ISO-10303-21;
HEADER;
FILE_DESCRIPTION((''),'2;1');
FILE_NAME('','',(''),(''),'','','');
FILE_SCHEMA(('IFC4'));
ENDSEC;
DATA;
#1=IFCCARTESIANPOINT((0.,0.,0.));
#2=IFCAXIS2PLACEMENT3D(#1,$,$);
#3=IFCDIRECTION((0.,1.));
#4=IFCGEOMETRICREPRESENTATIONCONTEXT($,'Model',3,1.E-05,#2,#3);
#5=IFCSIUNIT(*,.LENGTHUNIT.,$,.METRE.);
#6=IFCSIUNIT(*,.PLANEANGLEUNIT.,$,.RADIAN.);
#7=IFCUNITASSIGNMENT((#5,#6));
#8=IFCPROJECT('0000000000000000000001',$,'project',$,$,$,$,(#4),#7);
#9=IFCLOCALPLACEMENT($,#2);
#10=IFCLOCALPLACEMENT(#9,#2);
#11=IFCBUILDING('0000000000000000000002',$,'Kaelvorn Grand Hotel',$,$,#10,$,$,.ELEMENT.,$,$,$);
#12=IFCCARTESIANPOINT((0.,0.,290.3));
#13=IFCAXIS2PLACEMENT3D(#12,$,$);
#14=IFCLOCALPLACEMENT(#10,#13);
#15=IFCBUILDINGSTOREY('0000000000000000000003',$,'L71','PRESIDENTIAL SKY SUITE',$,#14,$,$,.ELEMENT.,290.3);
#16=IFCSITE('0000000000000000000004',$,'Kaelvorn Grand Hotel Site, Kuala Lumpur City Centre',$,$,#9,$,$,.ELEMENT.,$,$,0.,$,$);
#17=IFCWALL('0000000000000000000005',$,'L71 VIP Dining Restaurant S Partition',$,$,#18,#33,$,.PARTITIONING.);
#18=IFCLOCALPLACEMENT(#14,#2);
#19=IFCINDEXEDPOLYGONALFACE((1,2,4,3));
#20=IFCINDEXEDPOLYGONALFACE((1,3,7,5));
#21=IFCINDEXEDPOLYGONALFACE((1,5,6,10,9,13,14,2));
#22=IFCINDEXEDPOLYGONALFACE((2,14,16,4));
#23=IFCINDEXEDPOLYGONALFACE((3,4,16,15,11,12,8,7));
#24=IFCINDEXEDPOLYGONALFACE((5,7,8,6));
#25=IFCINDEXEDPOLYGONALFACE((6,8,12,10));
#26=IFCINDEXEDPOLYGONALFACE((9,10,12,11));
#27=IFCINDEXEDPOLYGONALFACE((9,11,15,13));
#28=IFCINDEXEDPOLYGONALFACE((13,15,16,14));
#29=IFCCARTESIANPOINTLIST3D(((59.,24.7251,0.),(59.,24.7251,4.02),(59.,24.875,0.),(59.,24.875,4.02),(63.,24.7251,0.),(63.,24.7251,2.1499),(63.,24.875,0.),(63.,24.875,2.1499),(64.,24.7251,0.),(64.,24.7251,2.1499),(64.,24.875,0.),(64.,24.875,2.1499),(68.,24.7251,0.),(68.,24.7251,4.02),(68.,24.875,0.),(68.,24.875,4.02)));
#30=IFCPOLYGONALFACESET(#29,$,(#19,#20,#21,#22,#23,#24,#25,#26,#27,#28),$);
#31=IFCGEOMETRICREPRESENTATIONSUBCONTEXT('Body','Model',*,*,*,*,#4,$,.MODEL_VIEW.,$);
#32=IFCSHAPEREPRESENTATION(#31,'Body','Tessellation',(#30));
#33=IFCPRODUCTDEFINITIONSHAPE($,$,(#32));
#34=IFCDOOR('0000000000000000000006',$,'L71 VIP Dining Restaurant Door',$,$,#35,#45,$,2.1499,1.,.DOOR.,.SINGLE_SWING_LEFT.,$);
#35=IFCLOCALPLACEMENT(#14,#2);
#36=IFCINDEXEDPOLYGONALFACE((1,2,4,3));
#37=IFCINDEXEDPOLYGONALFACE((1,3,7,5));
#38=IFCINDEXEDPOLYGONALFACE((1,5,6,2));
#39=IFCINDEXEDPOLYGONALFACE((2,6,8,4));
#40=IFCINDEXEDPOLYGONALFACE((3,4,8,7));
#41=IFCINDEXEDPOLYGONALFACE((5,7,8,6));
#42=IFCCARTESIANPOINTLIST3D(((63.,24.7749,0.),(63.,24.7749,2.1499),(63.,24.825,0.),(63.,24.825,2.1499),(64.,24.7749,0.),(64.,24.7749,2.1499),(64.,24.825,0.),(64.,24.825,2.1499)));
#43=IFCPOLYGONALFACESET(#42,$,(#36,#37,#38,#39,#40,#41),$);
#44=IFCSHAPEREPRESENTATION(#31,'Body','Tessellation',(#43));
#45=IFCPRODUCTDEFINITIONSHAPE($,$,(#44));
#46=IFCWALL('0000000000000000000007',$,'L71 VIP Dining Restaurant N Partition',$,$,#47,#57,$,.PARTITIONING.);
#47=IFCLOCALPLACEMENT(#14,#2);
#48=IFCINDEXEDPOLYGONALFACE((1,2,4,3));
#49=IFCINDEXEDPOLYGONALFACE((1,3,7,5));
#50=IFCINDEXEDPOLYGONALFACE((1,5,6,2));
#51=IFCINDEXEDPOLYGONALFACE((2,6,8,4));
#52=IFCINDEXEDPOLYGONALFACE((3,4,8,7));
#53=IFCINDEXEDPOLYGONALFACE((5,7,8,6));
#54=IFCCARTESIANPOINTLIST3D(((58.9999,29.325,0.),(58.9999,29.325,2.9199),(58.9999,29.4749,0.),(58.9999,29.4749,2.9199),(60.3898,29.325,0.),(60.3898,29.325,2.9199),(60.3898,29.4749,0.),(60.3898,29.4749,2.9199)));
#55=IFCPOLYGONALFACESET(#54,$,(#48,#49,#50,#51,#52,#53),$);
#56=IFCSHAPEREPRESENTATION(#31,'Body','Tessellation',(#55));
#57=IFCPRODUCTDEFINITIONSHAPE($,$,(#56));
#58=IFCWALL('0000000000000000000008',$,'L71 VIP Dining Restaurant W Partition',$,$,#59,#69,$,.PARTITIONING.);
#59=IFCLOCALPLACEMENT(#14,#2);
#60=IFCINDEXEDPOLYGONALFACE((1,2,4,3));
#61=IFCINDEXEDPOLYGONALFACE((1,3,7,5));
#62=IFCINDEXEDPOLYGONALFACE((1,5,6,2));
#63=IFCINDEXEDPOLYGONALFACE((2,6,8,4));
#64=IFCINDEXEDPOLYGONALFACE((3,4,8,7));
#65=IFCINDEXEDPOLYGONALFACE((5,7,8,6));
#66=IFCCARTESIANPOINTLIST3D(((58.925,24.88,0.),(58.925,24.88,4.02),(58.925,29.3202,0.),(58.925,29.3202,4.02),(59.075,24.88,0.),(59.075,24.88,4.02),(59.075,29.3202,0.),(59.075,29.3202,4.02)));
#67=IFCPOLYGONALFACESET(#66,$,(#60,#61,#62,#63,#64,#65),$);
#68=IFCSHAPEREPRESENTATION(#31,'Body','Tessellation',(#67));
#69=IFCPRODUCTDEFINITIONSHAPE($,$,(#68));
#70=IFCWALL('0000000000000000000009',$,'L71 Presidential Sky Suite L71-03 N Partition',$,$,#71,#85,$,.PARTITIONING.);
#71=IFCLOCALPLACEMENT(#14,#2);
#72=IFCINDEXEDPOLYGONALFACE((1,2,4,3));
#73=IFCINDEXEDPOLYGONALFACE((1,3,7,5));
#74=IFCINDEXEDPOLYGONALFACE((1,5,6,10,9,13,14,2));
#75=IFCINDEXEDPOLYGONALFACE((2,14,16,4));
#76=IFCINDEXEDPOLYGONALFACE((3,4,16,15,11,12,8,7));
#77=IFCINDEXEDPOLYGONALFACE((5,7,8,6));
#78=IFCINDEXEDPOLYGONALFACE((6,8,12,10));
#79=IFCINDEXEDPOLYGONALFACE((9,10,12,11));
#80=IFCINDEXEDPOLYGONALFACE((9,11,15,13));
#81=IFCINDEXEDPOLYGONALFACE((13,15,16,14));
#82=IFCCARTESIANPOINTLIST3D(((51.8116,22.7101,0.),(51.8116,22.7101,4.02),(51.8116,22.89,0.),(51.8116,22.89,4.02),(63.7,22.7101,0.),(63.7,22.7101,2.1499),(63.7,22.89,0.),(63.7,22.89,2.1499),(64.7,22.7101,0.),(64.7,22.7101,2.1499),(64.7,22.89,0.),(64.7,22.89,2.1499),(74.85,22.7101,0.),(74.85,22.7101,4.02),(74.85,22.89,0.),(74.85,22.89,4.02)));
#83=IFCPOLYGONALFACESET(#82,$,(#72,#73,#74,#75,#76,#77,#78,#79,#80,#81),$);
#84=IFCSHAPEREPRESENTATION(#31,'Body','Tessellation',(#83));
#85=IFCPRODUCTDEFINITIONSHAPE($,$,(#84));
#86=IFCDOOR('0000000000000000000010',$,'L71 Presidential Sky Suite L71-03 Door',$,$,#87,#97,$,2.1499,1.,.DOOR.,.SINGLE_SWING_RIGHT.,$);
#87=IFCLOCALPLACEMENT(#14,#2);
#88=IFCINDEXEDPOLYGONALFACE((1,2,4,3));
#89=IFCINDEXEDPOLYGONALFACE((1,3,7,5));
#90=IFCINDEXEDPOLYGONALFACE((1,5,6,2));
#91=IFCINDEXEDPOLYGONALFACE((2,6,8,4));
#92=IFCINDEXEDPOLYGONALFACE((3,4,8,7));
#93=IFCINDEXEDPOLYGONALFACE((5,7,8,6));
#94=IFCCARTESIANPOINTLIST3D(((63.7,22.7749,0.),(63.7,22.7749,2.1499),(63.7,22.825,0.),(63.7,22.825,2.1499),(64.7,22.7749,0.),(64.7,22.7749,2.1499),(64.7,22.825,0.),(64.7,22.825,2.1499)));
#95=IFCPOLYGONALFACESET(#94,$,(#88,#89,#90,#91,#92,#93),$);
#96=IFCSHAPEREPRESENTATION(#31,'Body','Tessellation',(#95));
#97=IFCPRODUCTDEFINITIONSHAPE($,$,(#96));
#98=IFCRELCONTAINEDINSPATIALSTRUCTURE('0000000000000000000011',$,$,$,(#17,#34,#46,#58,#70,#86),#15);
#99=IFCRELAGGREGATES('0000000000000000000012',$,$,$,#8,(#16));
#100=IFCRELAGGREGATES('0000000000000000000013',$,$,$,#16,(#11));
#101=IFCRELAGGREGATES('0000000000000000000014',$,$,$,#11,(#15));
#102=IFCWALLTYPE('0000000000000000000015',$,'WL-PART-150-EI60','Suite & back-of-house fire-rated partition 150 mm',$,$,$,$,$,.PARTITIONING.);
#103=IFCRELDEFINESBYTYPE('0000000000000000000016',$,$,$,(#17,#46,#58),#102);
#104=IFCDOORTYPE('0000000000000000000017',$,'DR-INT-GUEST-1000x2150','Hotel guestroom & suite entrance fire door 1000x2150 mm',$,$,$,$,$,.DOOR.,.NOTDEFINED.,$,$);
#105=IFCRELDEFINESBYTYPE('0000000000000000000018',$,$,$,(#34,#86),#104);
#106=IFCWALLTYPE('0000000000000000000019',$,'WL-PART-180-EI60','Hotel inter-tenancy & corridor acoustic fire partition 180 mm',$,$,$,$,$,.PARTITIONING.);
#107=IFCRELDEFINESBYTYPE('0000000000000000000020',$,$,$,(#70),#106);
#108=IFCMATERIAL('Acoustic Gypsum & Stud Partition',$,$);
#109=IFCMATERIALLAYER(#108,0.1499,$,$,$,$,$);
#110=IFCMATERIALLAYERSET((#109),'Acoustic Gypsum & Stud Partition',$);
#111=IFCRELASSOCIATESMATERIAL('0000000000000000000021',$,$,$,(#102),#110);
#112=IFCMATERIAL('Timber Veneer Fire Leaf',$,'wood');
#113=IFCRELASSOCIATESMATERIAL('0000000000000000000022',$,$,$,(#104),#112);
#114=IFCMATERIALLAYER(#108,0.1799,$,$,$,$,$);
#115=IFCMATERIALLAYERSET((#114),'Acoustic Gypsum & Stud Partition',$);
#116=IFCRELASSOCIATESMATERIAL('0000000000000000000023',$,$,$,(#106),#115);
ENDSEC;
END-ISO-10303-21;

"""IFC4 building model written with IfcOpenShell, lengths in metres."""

from ifc_helpers import new_model, si_unit, direction, frame, frame_2d, origin, place, context, subcontext, project, spatial, rectangle, extrude, material, layer, layer_set, type_object, element, fill, save


model = new_model("IFC4")

# Units and contexts
model_context = context("Model", 3, precision=1e-05, world=origin(), true_north=direction((0.0, 1.0)))
body_context = subcontext(model_context, "Body", "Model", "MODEL_VIEW")
ifc_project = project(units=[si_unit("LENGTHUNIT", "METRE"), si_unit("PLANEANGLEUNIT", "RADIAN")], contexts=[model_context])

# Site, building, storey
site_placement = place(None, origin())
site = spatial("IfcSite", under=ifc_project, at=site_placement, Name="Kaelvorn Grand Hotel Site, Kuala Lumpur City Centre", CompositionType="ELEMENT", RefElevation=0.0)
building_placement = place(site_placement, origin())
building = spatial("IfcBuilding", under=site, at=building_placement, Name="Kaelvorn Grand Hotel", CompositionType="ELEMENT")
storey_placement = place(building_placement, frame((0.0, 0.0, 290.3)))
storey = spatial("IfcBuildingStorey", under=building, at=storey_placement, Name="L71", Description="PRESIDENTIAL SKY SUITE", CompositionType="ELEMENT", Elevation=290.3)

# Shared definitions
ifc_material_1 = material(Name="Acoustic Gypsum & Stud Partition")
ifc_layer_1 = layer(ifc_material_1, 0.1499)
ifc_layer_set_1 = layer_set([ifc_layer_1], Name="Acoustic Gypsum & Stud Partition")
wall_type_1 = type_object("IfcWallType", Name="WL-PART-150-EI60", Description="Suite & back-of-house fire-rated partition 150 mm", PredefinedType="PARTITIONING", material=ifc_layer_set_1)

# Shared definitions
ifc_material_2 = material(Name="Timber Veneer Fire Leaf", Category="wood")
door_type_1 = type_object("IfcDoorType", Name="DR-INT-GUEST-1000x2150", Description="Hotel guestroom & suite entrance fire door 1000x2150 mm", OperationType="NOTDEFINED", PredefinedType="DOOR", material=ifc_material_2)

# Wall, opening, door
wall_1_placement = place(storey_placement, frame((59.0, 24.8, 0.0), z_axis=(0.0, 0.0, 1.0), x_axis=(1.0, 0.0, 0.0)))
wall_1 = element("IfcWall", 1, at=wall_1_placement, inside=storey, type_object=wall_type_1, Name="L71 VIP Dining Restaurant S Partition", PredefinedType="PARTITIONING", context=body_context, shape_type="SweptSolid", body=[
    extrude(rectangle(XDim=9.0, YDim=0.1499, at=frame_2d((4.5, 0.0))), origin(), (0.0, 0.0, 1.0), 4.02),
])
opening_1_placement = place(wall_1_placement, frame((4.0, 0.0, 0.0)))
opening_1 = element("IfcOpeningElement", 2, at=opening_1_placement, cuts=wall_1, PredefinedType="OPENING", context=body_context, shape_type="SweptSolid", body=[
    extrude(rectangle(XDim=1.0, YDim=2.1499, at=frame_2d((0.5, 1.075))), frame((0.0, 0.085, 0.0), z_axis=(0.0, -1.0, 0.0), x_axis=(1.0, 0.0, 0.0)), (0.0, 0.0, 1.0), 0.1699),
])
door_1_placement = place(opening_1_placement, origin())
door_1 = element("IfcDoor", 3, at=door_1_placement, inside=storey, type_object=door_type_1, Name="L71 VIP Dining Restaurant Door", OperationType="SINGLE_SWING_LEFT", OverallHeight=2.1499, OverallWidth=1.0, PredefinedType="DOOR", context=body_context, shape_type="SweptSolid", body=[
    extrude(rectangle(XDim=1.0, YDim=2.1499, at=frame_2d((0.5, 1.075))), frame((0.0, 0.0249, 0.0), z_axis=(0.0, -1.0, 0.0), x_axis=(1.0, 0.0, 0.0)), (0.0, 0.0, 1.0), 0.05),
])
fill(opening_1, door_1)

# Walls
wall_2_placement = place(storey_placement, frame((59.0, 29.3999, 0.0), z_axis=(0.0, 0.0, 1.0), x_axis=(1.0, 0.0, 0.0)))
element("IfcWall", 4, at=wall_2_placement, inside=storey, type_object=wall_type_1, Name="L71 VIP Dining Restaurant N Partition", PredefinedType="PARTITIONING", context=body_context, shape_type="SweptSolid", body=[
    extrude(rectangle(XDim=1.3899, YDim=0.1499, at=frame_2d((0.6948, 0.0))), origin(), (0.0, 0.0, 1.0), 2.9199),
])
wall_3_placement = place(storey_placement, frame((59.0, 24.8799, 0.0), z_axis=(0.0, 0.0, 1.0), x_axis=(0.0, 1.0, 0.0)))
element("IfcWall", 5, at=wall_3_placement, inside=storey, type_object=wall_type_1, Name="L71 VIP Dining Restaurant W Partition", PredefinedType="PARTITIONING", context=body_context, shape_type="SweptSolid", body=[
    extrude(rectangle(XDim=4.4402, YDim=0.1499, at=frame_2d((2.2202, 0.0))), origin(), (0.0, 0.0, 1.0), 4.02),
])

# Wall, opening, door
ifc_layer_2 = layer(ifc_material_1, 0.1799)
ifc_layer_set_2 = layer_set([ifc_layer_2], Name="Acoustic Gypsum & Stud Partition")
wall_type_2 = type_object("IfcWallType", Name="WL-PART-180-EI60", Description="Hotel inter-tenancy & corridor acoustic fire partition 180 mm", PredefinedType="PARTITIONING", material=ifc_layer_set_2)
wall_4_placement = place(storey_placement, frame((51.8118, 22.8, 0.0), z_axis=(0.0, 0.0, 1.0), x_axis=(1.0, 0.0, 0.0)))
wall_4 = element("IfcWall", 6, at=wall_4_placement, inside=storey, type_object=wall_type_2, Name="L71 Presidential Sky Suite L71-03 N Partition", PredefinedType="PARTITIONING", context=body_context, shape_type="SweptSolid", body=[
    extrude(rectangle(XDim=23.0383, YDim=0.1799, at=frame_2d((11.519, 0.0))), origin(), (0.0, 0.0, 1.0), 4.02),
])
opening_2_placement = place(wall_4_placement, frame((11.8882, 0.0, 0.0)))
opening_2 = element("IfcOpeningElement", 7, at=opening_2_placement, cuts=wall_4, PredefinedType="OPENING", context=body_context, shape_type="SweptSolid", body=[
    extrude(rectangle(XDim=1.0, YDim=2.1499, at=frame_2d((0.5, 1.075))), frame((0.0, 0.1001, 0.0), z_axis=(0.0, -1.0, 0.0), x_axis=(1.0, 0.0, 0.0)), (0.0, 0.0, 1.0), 0.2),
])
door_2_placement = place(opening_2_placement, origin())
door_2 = element("IfcDoor", 8, at=door_2_placement, inside=storey, type_object=door_type_1, Name="L71 Presidential Sky Suite L71-03 Door", OperationType="SINGLE_SWING_RIGHT", OverallHeight=2.1499, OverallWidth=1.0, PredefinedType="DOOR", context=body_context, shape_type="SweptSolid", body=[
    extrude(rectangle(XDim=1.0, YDim=2.1499, at=frame_2d((0.5, 1.075))), frame((0.0, 0.0249, 0.0), z_axis=(0.0, -1.0, 0.0), x_axis=(1.0, 0.0, 0.0)), (0.0, 0.0, 1.0), 0.05),
])
fill(opening_2, door_2)

save(model, "model.ifc")
